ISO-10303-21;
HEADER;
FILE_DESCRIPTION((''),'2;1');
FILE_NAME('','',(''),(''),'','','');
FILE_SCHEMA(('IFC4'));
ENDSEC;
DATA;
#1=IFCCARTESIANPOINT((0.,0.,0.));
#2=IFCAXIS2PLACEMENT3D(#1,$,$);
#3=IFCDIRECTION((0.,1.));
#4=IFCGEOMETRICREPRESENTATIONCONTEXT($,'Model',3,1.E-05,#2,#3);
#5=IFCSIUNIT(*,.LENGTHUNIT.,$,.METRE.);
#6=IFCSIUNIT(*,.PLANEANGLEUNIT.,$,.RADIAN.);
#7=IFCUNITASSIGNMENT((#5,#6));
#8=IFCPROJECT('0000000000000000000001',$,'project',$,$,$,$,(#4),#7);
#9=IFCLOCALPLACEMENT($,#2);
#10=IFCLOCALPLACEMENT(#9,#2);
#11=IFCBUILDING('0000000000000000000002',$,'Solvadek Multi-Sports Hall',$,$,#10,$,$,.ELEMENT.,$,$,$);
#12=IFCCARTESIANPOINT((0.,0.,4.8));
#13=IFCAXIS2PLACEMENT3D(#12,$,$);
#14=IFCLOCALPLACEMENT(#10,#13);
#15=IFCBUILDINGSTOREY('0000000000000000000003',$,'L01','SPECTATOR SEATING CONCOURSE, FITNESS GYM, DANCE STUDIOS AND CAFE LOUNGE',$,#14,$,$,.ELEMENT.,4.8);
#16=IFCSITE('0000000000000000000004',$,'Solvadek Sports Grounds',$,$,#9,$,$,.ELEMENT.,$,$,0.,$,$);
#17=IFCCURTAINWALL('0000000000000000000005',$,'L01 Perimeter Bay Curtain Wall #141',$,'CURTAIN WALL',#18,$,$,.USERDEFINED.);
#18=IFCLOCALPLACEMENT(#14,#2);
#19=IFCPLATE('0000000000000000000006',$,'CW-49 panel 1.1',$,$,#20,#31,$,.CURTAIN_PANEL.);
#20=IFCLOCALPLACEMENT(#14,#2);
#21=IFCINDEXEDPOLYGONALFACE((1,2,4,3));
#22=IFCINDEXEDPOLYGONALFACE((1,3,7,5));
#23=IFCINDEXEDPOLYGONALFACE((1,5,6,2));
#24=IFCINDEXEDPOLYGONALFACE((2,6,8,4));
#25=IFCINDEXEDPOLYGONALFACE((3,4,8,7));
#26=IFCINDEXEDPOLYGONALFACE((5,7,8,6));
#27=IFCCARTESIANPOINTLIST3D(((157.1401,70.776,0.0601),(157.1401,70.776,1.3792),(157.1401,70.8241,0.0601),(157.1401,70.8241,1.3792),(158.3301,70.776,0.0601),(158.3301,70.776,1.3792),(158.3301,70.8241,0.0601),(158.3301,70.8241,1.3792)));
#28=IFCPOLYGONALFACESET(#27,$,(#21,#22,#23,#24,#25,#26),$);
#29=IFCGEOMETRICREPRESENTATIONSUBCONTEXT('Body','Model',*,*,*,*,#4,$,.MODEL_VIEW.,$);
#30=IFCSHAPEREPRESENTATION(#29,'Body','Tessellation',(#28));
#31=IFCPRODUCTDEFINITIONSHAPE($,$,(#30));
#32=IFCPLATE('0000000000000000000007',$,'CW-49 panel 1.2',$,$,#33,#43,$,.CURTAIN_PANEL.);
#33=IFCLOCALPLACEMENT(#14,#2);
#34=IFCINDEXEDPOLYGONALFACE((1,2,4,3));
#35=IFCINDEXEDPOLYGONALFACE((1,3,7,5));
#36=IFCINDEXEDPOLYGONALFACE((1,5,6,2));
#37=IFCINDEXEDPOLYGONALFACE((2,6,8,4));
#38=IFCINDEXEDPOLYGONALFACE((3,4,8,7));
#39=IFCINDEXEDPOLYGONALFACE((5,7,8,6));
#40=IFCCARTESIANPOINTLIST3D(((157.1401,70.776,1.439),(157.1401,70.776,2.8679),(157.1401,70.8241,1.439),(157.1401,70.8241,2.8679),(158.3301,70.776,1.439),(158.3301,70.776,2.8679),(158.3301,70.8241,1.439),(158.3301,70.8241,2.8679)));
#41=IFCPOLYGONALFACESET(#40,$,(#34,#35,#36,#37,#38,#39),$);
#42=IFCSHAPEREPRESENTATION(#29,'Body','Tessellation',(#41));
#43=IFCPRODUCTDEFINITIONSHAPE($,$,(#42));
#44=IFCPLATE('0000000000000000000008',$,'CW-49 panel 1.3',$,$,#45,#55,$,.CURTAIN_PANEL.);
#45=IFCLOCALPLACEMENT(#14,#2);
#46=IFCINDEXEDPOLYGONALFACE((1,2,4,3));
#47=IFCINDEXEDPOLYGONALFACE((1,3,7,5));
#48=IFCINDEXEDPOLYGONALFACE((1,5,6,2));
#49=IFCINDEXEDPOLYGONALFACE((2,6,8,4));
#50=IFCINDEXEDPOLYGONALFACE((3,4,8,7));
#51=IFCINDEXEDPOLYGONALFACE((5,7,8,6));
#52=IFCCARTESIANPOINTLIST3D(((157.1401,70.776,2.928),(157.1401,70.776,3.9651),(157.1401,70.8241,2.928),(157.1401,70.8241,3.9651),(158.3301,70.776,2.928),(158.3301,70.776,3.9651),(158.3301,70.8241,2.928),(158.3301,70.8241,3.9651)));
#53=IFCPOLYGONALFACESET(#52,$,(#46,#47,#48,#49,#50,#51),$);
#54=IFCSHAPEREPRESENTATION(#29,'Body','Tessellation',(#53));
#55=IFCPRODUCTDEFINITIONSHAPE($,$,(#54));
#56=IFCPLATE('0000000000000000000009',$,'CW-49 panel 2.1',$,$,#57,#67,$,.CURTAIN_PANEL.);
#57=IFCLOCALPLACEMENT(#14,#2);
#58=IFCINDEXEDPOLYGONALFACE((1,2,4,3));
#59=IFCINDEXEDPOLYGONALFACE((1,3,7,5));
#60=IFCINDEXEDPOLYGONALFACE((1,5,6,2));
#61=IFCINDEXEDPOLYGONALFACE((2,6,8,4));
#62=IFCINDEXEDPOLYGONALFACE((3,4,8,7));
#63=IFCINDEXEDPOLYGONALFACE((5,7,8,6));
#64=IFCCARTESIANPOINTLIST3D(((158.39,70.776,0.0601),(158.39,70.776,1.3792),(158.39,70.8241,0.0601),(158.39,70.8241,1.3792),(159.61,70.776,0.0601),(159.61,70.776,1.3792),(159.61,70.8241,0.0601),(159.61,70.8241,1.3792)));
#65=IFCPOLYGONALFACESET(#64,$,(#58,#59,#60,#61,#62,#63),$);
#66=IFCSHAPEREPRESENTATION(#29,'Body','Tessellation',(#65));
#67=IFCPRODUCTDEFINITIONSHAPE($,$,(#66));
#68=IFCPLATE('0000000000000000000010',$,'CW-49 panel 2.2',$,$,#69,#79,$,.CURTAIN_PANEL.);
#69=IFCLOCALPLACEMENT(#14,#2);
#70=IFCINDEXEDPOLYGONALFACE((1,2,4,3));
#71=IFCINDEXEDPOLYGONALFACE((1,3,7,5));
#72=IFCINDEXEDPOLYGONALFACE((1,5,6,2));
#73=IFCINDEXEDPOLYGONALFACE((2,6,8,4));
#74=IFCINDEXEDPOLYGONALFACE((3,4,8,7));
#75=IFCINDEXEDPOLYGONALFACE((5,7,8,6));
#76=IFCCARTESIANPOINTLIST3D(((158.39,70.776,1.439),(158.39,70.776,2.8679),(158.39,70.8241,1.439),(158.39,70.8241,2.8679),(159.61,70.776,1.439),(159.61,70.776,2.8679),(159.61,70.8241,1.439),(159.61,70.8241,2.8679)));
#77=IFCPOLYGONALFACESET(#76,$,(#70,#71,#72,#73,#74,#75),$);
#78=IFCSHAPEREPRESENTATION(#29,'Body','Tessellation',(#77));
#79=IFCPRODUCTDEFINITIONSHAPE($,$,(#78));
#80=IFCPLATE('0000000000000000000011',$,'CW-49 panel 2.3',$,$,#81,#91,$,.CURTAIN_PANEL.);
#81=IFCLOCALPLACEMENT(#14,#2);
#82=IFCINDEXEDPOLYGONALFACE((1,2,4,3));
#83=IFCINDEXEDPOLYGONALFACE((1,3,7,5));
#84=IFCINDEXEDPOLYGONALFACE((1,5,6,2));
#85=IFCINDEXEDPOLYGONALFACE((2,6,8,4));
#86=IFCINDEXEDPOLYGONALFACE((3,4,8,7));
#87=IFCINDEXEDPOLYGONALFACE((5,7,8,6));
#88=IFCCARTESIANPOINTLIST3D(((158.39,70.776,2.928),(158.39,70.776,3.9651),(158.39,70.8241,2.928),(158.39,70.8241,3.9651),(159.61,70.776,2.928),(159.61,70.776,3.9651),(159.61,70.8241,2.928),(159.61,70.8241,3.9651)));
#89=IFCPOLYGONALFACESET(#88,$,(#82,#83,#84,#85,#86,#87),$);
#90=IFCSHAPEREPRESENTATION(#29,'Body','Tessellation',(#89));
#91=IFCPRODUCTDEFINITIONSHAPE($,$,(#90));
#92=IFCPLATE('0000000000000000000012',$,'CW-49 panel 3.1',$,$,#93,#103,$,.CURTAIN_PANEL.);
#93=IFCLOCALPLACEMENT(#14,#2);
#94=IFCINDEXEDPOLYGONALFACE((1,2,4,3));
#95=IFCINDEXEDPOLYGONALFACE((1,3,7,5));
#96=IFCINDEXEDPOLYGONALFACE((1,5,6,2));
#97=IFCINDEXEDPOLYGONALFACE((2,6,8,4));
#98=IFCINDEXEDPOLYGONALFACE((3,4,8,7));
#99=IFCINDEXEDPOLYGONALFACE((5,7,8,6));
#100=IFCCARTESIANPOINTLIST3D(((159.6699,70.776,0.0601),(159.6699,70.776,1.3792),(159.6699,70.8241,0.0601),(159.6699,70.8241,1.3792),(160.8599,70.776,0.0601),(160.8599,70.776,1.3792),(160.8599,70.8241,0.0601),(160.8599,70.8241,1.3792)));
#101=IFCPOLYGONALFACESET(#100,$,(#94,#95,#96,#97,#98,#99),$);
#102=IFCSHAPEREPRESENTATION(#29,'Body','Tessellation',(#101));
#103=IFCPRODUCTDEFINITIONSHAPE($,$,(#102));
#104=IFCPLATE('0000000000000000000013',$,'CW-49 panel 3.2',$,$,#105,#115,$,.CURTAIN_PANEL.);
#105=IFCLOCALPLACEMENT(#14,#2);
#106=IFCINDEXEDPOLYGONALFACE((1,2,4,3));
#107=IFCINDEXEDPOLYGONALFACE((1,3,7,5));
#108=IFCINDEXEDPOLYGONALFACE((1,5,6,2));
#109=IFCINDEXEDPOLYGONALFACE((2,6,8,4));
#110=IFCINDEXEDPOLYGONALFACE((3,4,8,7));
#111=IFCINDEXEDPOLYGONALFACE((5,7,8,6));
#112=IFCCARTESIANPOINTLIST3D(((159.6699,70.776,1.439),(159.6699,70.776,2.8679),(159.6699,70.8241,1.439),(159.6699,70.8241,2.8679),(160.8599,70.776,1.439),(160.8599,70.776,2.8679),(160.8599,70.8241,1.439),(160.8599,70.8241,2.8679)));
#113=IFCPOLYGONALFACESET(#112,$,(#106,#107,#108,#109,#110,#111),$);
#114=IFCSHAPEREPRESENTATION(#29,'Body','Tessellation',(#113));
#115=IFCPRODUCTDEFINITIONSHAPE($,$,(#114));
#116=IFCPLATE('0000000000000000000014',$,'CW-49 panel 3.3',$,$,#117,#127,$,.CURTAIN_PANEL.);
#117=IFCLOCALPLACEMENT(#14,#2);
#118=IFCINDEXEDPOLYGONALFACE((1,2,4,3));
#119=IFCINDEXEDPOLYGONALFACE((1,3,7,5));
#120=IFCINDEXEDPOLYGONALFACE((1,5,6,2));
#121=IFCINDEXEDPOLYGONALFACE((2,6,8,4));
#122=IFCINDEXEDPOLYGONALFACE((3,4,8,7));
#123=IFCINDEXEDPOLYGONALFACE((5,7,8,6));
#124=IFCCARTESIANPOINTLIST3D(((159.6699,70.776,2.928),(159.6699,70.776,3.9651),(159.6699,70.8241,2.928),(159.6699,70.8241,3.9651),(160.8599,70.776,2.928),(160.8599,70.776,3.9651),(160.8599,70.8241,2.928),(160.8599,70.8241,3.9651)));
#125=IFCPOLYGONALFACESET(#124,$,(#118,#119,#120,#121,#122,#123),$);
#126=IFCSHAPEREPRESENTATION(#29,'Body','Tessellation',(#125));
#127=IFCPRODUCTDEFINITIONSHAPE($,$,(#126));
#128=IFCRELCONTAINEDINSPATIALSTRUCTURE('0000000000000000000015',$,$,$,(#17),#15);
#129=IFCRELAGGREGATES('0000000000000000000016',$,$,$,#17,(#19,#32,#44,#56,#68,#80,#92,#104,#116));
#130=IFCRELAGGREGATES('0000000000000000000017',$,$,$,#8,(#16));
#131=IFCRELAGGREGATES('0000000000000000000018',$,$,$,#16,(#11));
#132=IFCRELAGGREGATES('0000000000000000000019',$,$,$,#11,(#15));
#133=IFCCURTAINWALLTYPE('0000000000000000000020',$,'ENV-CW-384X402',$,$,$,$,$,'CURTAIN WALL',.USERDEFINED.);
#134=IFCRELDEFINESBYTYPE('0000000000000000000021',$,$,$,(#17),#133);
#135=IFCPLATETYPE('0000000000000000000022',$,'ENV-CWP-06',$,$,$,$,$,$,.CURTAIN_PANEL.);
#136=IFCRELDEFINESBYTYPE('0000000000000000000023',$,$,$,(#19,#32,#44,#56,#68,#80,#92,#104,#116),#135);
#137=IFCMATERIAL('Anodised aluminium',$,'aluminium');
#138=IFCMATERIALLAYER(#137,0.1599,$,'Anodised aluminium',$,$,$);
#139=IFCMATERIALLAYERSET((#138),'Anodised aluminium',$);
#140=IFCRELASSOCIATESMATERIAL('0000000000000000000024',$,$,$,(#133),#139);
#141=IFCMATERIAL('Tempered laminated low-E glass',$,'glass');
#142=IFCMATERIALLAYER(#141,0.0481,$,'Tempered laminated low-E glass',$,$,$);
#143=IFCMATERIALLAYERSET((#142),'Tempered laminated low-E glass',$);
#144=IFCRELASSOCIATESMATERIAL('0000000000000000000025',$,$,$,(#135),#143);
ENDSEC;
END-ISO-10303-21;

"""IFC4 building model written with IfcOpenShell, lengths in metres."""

from ifc_helpers import new_model, si_unit, direction, frame, origin, origin_2d, place, context, subcontext, project, spatial, rectangle, extrude, material, layer, layer_set, type_object, element, aggregate, save


model = new_model("IFC4")

# Units and contexts
model_context = context("Model", 3, precision=1e-05, world=origin(), true_north=direction((0.0, 1.0)))
body_context = subcontext(model_context, "Body", "Model", "MODEL_VIEW")
ifc_project = project(units=[si_unit("LENGTHUNIT", "METRE"), si_unit("PLANEANGLEUNIT", "RADIAN")], contexts=[model_context])

# Site, building, storey
site_placement = place(None, origin())
site = spatial("IfcSite", under=ifc_project, at=site_placement, Name="Solvadek Sports Grounds", CompositionType="ELEMENT", RefElevation=0.0)
building_placement = place(site_placement, origin())
building = spatial("IfcBuilding", under=site, at=building_placement, Name="Solvadek Multi-Sports Hall", CompositionType="ELEMENT")
storey_placement = place(building_placement, frame((0.0, 0.0, 4.8)))
storey = spatial("IfcBuildingStorey", under=building, at=storey_placement, Name="L01", Description="SPECTATOR SEATING CONCOURSE, FITNESS GYM, DANCE STUDIOS AND CAFE LOUNGE", CompositionType="ELEMENT", Elevation=4.8)

# Curtain wall
ifc_material_1 = material(Name="Anodised aluminium", Category="aluminium")
ifc_layer_1 = layer(ifc_material_1, 0.1599, Name="Anodised aluminium")
ifc_layer_set_1 = layer_set([ifc_layer_1], Name="Anodised aluminium")
curtain_wall_type_1 = type_object("IfcCurtainWallType", Name="ENV-CW-384X402", ElementType="CURTAIN WALL", PredefinedType="USERDEFINED", material=ifc_layer_set_1)
curtain_wall_1_placement = place(storey_placement, origin())
curtain_wall_1 = element("IfcCurtainWall", 1, at=curtain_wall_1_placement, inside=storey, type_object=curtain_wall_type_1, Name="L01 Perimeter Bay Curtain Wall #141", ObjectType="CURTAIN WALL", PredefinedType="USERDEFINED")

# Plates
ifc_material_2 = material(Name="Tempered laminated low-E glass", Category="glass")
ifc_layer_2 = layer(ifc_material_2, 0.0481, Name="Tempered laminated low-E glass")
ifc_layer_set_2 = layer_set([ifc_layer_2], Name="Tempered laminated low-E glass")
plate_type = type_object("IfcPlateType", Name="ENV-CWP-06", PredefinedType="CURTAIN_PANEL", material=ifc_layer_set_2)
plate_1_placement = place(storey_placement, frame((157.7351, 70.8, 0.0601), z_axis=(0.0, 0.0, 1.0), x_axis=(1.0, 0.0, 0.0)))
plate_1 = element("IfcPlate", 2, at=plate_1_placement, type_object=plate_type, Name="CW-49 panel 1.1", PredefinedType="CURTAIN_PANEL", context=body_context, shape_type="SweptSolid", body=[
    extrude(rectangle(XDim=1.1899, YDim=0.0481, at=origin_2d()), origin(), (0.0, 0.0, 1.0), 1.3191),
])
plate_2_placement = place(storey_placement, frame((157.7351, 70.8, 1.439), z_axis=(0.0, 0.0, 1.0), x_axis=(1.0, 0.0, 0.0)))
plate_2 = element("IfcPlate", 3, at=plate_2_placement, type_object=plate_type, Name="CW-49 panel 1.2", PredefinedType="CURTAIN_PANEL", context=body_context, shape_type="SweptSolid", body=[
    extrude(rectangle(XDim=1.1899, YDim=0.0481, at=origin_2d()), origin(), (0.0, 0.0, 1.0), 1.429),
])
plate_3_placement = place(storey_placement, frame((157.7351, 70.8, 2.928), z_axis=(0.0, 0.0, 1.0), x_axis=(1.0, 0.0, 0.0)))
plate_3 = element("IfcPlate", 4, at=plate_3_placement, type_object=plate_type, Name="CW-49 panel 1.3", PredefinedType="CURTAIN_PANEL", context=body_context, shape_type="SweptSolid", body=[
    extrude(rectangle(XDim=1.1899, YDim=0.0481, at=origin_2d()), origin(), (0.0, 0.0, 1.0), 1.0371),
])
plate_4_placement = place(storey_placement, frame((159.0, 70.8, 0.0601), z_axis=(0.0, 0.0, 1.0), x_axis=(1.0, 0.0, 0.0)))
plate_4 = element("IfcPlate", 5, at=plate_4_placement, type_object=plate_type, Name="CW-49 panel 2.1", PredefinedType="CURTAIN_PANEL", context=body_context, shape_type="SweptSolid", body=[
    extrude(rectangle(XDim=1.22, YDim=0.0481, at=origin_2d()), origin(), (0.0, 0.0, 1.0), 1.3191),
])
plate_5_placement = place(storey_placement, frame((159.0, 70.8, 1.439), z_axis=(0.0, 0.0, 1.0), x_axis=(1.0, 0.0, 0.0)))
plate_5 = element("IfcPlate", 6, at=plate_5_placement, type_object=plate_type, Name="CW-49 panel 2.2", PredefinedType="CURTAIN_PANEL", context=body_context, shape_type="SweptSolid", body=[
    extrude(rectangle(XDim=1.22, YDim=0.0481, at=origin_2d()), origin(), (0.0, 0.0, 1.0), 1.429),
])
plate_6_placement = place(storey_placement, frame((159.0, 70.8, 2.928), z_axis=(0.0, 0.0, 1.0), x_axis=(1.0, 0.0, 0.0)))
plate_6 = element("IfcPlate", 7, at=plate_6_placement, type_object=plate_type, Name="CW-49 panel 2.3", PredefinedType="CURTAIN_PANEL", context=body_context, shape_type="SweptSolid", body=[
    extrude(rectangle(XDim=1.22, YDim=0.0481, at=origin_2d()), origin(), (0.0, 0.0, 1.0), 1.0371),
])
plate_7_placement = place(storey_placement, frame((160.2649, 70.8, 0.0601), z_axis=(0.0, 0.0, 1.0), x_axis=(1.0, 0.0, 0.0)))
plate_7 = element("IfcPlate", 8, at=plate_7_placement, type_object=plate_type, Name="CW-49 panel 3.1", PredefinedType="CURTAIN_PANEL", context=body_context, shape_type="SweptSolid", body=[
    extrude(rectangle(XDim=1.1899, YDim=0.0481, at=origin_2d()), origin(), (0.0, 0.0, 1.0), 1.3191),
])
plate_8_placement = place(storey_placement, frame((160.2649, 70.8, 1.439), z_axis=(0.0, 0.0, 1.0), x_axis=(1.0, 0.0, 0.0)))
plate_8 = element("IfcPlate", 9, at=plate_8_placement, type_object=plate_type, Name="CW-49 panel 3.2", PredefinedType="CURTAIN_PANEL", context=body_context, shape_type="SweptSolid", body=[
    extrude(rectangle(XDim=1.1899, YDim=0.0481, at=origin_2d()), origin(), (0.0, 0.0, 1.0), 1.429),
])
plate_9_placement = place(storey_placement, frame((160.2649, 70.8, 2.928), z_axis=(0.0, 0.0, 1.0), x_axis=(1.0, 0.0, 0.0)))
plate_9 = element("IfcPlate", 10, at=plate_9_placement, type_object=plate_type, Name="CW-49 panel 3.3", PredefinedType="CURTAIN_PANEL", context=body_context, shape_type="SweptSolid", body=[
    extrude(rectangle(XDim=1.1899, YDim=0.0481, at=origin_2d()), origin(), (0.0, 0.0, 1.0), 1.0371),
])
aggregate(curtain_wall_1, [plate_1, plate_2, plate_3, plate_4, plate_5, plate_6, plate_7, plate_8, plate_9])

save(model, "model.ifc")
